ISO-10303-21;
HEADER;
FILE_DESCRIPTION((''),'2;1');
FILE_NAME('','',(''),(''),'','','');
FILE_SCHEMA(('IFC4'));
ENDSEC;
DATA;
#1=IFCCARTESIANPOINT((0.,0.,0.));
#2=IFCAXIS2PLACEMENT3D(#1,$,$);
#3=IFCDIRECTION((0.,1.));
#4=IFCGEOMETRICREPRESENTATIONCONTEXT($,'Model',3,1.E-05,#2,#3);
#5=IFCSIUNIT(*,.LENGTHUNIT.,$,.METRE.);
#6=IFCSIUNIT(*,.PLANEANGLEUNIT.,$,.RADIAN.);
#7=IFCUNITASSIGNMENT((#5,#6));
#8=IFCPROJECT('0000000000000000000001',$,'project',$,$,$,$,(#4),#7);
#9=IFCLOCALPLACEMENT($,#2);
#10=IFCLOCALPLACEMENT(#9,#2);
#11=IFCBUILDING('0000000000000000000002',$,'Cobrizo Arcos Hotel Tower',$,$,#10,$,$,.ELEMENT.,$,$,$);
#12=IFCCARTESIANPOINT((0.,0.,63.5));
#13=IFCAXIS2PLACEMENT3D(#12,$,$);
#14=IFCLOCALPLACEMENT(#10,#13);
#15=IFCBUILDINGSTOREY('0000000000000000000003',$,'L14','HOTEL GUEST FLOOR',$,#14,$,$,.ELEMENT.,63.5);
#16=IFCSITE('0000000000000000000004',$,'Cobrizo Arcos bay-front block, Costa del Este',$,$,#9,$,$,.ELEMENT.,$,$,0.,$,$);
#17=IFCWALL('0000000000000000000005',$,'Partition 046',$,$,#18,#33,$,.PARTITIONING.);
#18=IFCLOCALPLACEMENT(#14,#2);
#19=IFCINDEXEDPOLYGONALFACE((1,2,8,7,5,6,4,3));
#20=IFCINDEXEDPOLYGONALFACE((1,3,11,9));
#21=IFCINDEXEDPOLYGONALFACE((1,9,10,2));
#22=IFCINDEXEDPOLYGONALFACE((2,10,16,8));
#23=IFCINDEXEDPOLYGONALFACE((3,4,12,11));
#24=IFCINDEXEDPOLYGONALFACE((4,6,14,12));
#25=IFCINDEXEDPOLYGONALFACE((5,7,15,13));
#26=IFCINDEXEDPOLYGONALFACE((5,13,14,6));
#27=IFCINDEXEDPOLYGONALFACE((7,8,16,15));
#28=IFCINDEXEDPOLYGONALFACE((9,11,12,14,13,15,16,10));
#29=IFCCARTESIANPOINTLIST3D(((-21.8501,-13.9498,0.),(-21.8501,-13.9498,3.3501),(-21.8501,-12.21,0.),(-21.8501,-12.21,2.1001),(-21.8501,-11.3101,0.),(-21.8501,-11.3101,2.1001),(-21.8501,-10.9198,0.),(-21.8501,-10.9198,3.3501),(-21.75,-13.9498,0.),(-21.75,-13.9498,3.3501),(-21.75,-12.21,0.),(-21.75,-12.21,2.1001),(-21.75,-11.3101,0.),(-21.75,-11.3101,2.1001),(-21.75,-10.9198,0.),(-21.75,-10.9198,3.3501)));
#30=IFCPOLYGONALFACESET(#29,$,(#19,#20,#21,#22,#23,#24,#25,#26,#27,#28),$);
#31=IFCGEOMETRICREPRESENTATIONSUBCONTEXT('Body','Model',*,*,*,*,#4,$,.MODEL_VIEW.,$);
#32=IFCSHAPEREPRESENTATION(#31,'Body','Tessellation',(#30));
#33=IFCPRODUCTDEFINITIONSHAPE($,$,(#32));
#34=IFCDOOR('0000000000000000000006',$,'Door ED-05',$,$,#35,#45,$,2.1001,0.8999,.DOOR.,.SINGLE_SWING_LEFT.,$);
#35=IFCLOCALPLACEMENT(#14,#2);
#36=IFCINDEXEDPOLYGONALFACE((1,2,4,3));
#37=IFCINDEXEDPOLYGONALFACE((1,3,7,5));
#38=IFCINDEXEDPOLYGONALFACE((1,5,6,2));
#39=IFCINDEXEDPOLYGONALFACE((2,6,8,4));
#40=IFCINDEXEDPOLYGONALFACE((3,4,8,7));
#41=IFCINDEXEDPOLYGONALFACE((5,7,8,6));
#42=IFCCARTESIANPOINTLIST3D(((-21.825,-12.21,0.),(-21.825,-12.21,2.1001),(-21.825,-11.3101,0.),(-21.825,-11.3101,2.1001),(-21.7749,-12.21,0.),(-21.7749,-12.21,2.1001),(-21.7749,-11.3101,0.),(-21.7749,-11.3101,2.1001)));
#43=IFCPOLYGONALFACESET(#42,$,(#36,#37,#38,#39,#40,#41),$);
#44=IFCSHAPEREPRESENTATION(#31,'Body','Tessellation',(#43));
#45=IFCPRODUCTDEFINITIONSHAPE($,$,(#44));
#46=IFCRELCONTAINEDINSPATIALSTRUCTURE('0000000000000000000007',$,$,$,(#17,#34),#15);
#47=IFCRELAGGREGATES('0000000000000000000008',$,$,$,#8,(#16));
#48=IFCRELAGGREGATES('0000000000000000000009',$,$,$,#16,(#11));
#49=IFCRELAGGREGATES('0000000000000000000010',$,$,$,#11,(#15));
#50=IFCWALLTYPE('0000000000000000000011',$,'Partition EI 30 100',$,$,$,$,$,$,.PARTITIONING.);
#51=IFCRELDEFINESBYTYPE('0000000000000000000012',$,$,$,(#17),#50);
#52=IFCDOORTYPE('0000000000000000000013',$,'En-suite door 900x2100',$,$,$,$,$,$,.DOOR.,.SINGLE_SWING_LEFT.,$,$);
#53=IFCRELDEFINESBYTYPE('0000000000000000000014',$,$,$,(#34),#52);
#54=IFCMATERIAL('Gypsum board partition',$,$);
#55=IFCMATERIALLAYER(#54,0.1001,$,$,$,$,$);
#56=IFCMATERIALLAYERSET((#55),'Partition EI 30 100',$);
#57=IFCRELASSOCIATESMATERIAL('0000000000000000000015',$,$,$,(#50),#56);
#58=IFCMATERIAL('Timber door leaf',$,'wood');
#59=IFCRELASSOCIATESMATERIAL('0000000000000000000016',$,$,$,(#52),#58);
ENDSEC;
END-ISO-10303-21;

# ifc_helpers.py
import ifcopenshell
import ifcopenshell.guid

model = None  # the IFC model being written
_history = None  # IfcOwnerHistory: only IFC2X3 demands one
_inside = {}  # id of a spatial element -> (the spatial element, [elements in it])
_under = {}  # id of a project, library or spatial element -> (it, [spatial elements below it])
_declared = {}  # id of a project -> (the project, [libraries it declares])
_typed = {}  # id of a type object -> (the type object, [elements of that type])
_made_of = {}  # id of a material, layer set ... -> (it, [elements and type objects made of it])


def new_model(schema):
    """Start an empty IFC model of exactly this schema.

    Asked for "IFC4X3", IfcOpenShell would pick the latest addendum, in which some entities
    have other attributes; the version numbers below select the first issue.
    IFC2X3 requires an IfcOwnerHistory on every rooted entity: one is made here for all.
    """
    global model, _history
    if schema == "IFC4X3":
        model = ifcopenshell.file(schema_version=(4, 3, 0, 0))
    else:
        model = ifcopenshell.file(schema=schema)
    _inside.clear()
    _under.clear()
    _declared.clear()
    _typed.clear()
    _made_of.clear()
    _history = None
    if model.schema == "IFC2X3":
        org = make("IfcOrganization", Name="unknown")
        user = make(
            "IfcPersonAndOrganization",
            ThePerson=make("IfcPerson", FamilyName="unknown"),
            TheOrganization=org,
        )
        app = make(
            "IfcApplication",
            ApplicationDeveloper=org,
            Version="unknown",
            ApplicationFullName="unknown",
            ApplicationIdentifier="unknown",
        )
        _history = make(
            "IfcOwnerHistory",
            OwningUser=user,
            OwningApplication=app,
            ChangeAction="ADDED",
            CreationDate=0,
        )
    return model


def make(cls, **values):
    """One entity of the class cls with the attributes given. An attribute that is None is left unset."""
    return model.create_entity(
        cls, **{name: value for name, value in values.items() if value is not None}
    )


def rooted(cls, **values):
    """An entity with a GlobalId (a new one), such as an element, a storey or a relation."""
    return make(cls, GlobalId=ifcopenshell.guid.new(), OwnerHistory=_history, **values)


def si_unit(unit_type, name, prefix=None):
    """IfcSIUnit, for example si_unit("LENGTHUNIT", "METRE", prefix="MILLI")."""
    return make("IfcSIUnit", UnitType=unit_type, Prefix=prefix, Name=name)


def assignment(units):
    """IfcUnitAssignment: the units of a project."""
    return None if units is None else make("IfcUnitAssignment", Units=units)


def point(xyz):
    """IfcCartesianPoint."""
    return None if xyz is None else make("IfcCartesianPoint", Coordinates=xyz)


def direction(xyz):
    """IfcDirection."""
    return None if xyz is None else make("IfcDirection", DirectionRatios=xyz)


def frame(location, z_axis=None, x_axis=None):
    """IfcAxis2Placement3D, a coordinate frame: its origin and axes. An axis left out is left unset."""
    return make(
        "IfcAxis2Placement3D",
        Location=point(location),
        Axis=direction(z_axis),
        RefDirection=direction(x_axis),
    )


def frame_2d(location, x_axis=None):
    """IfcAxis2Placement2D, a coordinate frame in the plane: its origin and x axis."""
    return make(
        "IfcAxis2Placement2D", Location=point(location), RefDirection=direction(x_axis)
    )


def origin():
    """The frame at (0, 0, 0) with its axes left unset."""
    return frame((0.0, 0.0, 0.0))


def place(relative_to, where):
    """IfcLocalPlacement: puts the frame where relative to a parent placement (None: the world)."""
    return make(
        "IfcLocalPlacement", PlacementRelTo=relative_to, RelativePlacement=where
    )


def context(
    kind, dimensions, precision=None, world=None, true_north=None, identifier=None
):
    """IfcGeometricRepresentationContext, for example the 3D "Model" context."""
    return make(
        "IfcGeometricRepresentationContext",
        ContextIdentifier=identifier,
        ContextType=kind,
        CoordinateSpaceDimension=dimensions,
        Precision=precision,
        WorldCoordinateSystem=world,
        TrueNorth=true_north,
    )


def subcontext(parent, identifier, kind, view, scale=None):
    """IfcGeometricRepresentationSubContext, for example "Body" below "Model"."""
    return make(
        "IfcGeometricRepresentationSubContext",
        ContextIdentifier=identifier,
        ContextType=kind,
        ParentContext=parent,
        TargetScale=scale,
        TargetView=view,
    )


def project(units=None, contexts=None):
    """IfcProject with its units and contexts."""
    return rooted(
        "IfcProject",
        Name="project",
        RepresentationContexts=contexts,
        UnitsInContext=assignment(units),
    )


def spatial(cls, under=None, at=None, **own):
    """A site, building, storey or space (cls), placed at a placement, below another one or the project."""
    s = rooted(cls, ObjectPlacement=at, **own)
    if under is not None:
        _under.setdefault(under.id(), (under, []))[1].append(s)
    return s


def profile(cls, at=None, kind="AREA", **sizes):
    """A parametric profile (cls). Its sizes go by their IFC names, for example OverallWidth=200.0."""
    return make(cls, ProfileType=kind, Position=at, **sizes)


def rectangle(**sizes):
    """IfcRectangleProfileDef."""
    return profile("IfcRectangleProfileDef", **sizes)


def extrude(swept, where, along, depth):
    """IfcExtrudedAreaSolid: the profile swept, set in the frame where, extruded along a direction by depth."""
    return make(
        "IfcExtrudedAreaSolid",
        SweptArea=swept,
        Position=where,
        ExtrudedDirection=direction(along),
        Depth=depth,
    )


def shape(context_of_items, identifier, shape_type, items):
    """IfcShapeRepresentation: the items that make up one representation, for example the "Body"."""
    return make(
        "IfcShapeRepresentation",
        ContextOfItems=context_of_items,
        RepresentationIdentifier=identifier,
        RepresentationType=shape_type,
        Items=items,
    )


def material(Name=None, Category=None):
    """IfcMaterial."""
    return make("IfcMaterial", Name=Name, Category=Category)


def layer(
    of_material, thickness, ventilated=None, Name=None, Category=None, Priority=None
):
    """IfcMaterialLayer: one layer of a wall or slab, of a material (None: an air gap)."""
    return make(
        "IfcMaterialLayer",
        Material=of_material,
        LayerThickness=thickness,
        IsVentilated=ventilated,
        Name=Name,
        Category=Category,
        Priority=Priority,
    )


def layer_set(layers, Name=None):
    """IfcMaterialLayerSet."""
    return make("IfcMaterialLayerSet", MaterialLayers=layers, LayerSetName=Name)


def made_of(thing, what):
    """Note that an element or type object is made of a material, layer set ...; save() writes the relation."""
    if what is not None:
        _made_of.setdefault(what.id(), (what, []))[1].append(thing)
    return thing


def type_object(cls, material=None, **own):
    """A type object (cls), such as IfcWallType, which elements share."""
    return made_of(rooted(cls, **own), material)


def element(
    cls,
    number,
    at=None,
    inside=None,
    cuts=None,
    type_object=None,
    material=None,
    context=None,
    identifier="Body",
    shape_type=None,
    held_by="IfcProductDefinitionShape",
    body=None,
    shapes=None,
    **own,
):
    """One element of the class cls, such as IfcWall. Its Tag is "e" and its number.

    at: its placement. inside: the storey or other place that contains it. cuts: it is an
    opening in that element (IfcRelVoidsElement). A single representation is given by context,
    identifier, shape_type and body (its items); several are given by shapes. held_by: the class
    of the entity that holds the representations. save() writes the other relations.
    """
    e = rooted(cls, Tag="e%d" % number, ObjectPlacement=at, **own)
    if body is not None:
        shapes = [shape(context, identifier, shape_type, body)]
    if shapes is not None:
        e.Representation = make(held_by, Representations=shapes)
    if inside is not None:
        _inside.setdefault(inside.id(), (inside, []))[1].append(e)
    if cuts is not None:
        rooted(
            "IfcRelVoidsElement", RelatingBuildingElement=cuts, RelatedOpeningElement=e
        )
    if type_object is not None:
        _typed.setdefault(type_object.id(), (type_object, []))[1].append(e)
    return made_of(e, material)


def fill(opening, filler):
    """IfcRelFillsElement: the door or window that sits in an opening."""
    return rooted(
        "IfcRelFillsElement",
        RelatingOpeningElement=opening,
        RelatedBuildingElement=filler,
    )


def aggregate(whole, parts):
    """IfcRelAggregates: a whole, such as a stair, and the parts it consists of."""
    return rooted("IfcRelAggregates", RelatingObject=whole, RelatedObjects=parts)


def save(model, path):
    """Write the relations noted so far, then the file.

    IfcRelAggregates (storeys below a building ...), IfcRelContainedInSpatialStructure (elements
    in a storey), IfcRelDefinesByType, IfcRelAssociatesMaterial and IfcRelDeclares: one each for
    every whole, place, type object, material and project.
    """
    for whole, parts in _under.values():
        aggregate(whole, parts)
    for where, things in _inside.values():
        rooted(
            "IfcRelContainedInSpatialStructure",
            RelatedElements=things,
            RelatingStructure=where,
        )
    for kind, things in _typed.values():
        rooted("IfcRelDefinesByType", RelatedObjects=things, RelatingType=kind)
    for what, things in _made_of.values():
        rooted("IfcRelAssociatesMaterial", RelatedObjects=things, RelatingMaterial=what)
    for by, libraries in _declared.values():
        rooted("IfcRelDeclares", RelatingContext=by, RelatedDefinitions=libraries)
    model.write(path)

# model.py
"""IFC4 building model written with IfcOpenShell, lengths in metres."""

from ifc_helpers import new_model, si_unit, direction, frame, frame_2d, origin, place, context, subcontext, project, spatial, rectangle, extrude, material, layer, layer_set, type_object, element, fill, save


model = new_model("IFC4")

# Units and contexts
model_context = context("Model", 3, precision=1e-05, world=origin(), true_north=direction((0.0, 1.0)))
body_context = subcontext(model_context, "Body", "Model", "MODEL_VIEW")
ifc_project = project(units=[si_unit("LENGTHUNIT", "METRE"), si_unit("PLANEANGLEUNIT", "RADIAN")], contexts=[model_context])

# Site, building, storey
site_placement = place(None, origin())
site = spatial("IfcSite", under=ifc_project, at=site_placement, Name="Cobrizo Arcos bay-front block, Costa del Este", CompositionType="ELEMENT", RefElevation=0.0)
building_placement = place(site_placement, origin())
building = spatial("IfcBuilding", under=site, at=building_placement, Name="Cobrizo Arcos Hotel Tower", CompositionType="ELEMENT")
storey_placement = place(building_placement, frame((0.0, 0.0, 63.5)))
storey = spatial("IfcBuildingStorey", under=building, at=storey_placement, Name="L14", Description="HOTEL GUEST FLOOR", CompositionType="ELEMENT", Elevation=63.5)

# Shared definitions
ifc_material_1 = material(Name="Gypsum board partition")
ifc_layer_1 = layer(ifc_material_1, 0.1001)
ifc_layer_set_1 = layer_set([ifc_layer_1], Name="Partition EI 30 100")
wall_type_1 = type_object("IfcWallType", Name="Partition EI 30 100", PredefinedType="PARTITIONING", material=ifc_layer_set_1)

# Wall, opening, door
wall_1_placement = place(storey_placement, frame((-21.8, -13.95, 0.0), z_axis=(0.0, 0.0, 1.0), x_axis=(0.0, 1.0, 0.0)))
wall_1 = element("IfcWall", 1, at=wall_1_placement, inside=storey, type_object=wall_type_1, Name="Partition 046", PredefinedType="PARTITIONING", context=body_context, shape_type="SweptSolid", body=[
    extrude(rectangle(XDim=3.03, YDim=0.1001, at=frame_2d((1.5151, 0.0))), origin(), (0.0, 0.0, 1.0), 3.3501),
])
opening_1_placement = place(wall_1_placement, frame((1.74, 0.0, 0.0)))
opening_1 = element("IfcOpeningElement", 2, at=opening_1_placement, cuts=wall_1, PredefinedType="OPENING", context=body_context, shape_type="SweptSolid", body=[
    extrude(rectangle(XDim=0.8999, YDim=2.1001, at=frame_2d((0.45, 1.05))), frame((0.0, 0.062, 0.0), z_axis=(0.0, -1.0, 0.0), x_axis=(1.0, 0.0, 0.0)), (0.0, 0.0, 1.0), 0.124),
])
ifc_material_2 = material(Name="Timber door leaf", Category="wood")
door_type_1 = type_object("IfcDoorType", Name="En-suite door 900x2100", OperationType="SINGLE_SWING_LEFT", PredefinedType="DOOR", material=ifc_material_2)
door_1_placement = place(opening_1_placement, origin())
door_1 = element("IfcDoor", 3, at=door_1_placement, inside=storey, type_object=door_type_1, Name="Door ED-05", OperationType="SINGLE_SWING_LEFT", OverallHeight=2.1001, OverallWidth=0.8999, PredefinedType="DOOR", context=body_context, shape_type="SweptSolid", body=[
    extrude(rectangle(XDim=0.8999, YDim=2.1001, at=frame_2d((0.45, 1.05))), frame((0.0, 0.0249, 0.0), z_axis=(0.0, -1.0, 0.0), x_axis=(1.0, 0.0, 0.0)), (0.0, 0.0, 1.0), 0.05),
])
fill(opening_1, door_1)

save(model, "model.ifc")
